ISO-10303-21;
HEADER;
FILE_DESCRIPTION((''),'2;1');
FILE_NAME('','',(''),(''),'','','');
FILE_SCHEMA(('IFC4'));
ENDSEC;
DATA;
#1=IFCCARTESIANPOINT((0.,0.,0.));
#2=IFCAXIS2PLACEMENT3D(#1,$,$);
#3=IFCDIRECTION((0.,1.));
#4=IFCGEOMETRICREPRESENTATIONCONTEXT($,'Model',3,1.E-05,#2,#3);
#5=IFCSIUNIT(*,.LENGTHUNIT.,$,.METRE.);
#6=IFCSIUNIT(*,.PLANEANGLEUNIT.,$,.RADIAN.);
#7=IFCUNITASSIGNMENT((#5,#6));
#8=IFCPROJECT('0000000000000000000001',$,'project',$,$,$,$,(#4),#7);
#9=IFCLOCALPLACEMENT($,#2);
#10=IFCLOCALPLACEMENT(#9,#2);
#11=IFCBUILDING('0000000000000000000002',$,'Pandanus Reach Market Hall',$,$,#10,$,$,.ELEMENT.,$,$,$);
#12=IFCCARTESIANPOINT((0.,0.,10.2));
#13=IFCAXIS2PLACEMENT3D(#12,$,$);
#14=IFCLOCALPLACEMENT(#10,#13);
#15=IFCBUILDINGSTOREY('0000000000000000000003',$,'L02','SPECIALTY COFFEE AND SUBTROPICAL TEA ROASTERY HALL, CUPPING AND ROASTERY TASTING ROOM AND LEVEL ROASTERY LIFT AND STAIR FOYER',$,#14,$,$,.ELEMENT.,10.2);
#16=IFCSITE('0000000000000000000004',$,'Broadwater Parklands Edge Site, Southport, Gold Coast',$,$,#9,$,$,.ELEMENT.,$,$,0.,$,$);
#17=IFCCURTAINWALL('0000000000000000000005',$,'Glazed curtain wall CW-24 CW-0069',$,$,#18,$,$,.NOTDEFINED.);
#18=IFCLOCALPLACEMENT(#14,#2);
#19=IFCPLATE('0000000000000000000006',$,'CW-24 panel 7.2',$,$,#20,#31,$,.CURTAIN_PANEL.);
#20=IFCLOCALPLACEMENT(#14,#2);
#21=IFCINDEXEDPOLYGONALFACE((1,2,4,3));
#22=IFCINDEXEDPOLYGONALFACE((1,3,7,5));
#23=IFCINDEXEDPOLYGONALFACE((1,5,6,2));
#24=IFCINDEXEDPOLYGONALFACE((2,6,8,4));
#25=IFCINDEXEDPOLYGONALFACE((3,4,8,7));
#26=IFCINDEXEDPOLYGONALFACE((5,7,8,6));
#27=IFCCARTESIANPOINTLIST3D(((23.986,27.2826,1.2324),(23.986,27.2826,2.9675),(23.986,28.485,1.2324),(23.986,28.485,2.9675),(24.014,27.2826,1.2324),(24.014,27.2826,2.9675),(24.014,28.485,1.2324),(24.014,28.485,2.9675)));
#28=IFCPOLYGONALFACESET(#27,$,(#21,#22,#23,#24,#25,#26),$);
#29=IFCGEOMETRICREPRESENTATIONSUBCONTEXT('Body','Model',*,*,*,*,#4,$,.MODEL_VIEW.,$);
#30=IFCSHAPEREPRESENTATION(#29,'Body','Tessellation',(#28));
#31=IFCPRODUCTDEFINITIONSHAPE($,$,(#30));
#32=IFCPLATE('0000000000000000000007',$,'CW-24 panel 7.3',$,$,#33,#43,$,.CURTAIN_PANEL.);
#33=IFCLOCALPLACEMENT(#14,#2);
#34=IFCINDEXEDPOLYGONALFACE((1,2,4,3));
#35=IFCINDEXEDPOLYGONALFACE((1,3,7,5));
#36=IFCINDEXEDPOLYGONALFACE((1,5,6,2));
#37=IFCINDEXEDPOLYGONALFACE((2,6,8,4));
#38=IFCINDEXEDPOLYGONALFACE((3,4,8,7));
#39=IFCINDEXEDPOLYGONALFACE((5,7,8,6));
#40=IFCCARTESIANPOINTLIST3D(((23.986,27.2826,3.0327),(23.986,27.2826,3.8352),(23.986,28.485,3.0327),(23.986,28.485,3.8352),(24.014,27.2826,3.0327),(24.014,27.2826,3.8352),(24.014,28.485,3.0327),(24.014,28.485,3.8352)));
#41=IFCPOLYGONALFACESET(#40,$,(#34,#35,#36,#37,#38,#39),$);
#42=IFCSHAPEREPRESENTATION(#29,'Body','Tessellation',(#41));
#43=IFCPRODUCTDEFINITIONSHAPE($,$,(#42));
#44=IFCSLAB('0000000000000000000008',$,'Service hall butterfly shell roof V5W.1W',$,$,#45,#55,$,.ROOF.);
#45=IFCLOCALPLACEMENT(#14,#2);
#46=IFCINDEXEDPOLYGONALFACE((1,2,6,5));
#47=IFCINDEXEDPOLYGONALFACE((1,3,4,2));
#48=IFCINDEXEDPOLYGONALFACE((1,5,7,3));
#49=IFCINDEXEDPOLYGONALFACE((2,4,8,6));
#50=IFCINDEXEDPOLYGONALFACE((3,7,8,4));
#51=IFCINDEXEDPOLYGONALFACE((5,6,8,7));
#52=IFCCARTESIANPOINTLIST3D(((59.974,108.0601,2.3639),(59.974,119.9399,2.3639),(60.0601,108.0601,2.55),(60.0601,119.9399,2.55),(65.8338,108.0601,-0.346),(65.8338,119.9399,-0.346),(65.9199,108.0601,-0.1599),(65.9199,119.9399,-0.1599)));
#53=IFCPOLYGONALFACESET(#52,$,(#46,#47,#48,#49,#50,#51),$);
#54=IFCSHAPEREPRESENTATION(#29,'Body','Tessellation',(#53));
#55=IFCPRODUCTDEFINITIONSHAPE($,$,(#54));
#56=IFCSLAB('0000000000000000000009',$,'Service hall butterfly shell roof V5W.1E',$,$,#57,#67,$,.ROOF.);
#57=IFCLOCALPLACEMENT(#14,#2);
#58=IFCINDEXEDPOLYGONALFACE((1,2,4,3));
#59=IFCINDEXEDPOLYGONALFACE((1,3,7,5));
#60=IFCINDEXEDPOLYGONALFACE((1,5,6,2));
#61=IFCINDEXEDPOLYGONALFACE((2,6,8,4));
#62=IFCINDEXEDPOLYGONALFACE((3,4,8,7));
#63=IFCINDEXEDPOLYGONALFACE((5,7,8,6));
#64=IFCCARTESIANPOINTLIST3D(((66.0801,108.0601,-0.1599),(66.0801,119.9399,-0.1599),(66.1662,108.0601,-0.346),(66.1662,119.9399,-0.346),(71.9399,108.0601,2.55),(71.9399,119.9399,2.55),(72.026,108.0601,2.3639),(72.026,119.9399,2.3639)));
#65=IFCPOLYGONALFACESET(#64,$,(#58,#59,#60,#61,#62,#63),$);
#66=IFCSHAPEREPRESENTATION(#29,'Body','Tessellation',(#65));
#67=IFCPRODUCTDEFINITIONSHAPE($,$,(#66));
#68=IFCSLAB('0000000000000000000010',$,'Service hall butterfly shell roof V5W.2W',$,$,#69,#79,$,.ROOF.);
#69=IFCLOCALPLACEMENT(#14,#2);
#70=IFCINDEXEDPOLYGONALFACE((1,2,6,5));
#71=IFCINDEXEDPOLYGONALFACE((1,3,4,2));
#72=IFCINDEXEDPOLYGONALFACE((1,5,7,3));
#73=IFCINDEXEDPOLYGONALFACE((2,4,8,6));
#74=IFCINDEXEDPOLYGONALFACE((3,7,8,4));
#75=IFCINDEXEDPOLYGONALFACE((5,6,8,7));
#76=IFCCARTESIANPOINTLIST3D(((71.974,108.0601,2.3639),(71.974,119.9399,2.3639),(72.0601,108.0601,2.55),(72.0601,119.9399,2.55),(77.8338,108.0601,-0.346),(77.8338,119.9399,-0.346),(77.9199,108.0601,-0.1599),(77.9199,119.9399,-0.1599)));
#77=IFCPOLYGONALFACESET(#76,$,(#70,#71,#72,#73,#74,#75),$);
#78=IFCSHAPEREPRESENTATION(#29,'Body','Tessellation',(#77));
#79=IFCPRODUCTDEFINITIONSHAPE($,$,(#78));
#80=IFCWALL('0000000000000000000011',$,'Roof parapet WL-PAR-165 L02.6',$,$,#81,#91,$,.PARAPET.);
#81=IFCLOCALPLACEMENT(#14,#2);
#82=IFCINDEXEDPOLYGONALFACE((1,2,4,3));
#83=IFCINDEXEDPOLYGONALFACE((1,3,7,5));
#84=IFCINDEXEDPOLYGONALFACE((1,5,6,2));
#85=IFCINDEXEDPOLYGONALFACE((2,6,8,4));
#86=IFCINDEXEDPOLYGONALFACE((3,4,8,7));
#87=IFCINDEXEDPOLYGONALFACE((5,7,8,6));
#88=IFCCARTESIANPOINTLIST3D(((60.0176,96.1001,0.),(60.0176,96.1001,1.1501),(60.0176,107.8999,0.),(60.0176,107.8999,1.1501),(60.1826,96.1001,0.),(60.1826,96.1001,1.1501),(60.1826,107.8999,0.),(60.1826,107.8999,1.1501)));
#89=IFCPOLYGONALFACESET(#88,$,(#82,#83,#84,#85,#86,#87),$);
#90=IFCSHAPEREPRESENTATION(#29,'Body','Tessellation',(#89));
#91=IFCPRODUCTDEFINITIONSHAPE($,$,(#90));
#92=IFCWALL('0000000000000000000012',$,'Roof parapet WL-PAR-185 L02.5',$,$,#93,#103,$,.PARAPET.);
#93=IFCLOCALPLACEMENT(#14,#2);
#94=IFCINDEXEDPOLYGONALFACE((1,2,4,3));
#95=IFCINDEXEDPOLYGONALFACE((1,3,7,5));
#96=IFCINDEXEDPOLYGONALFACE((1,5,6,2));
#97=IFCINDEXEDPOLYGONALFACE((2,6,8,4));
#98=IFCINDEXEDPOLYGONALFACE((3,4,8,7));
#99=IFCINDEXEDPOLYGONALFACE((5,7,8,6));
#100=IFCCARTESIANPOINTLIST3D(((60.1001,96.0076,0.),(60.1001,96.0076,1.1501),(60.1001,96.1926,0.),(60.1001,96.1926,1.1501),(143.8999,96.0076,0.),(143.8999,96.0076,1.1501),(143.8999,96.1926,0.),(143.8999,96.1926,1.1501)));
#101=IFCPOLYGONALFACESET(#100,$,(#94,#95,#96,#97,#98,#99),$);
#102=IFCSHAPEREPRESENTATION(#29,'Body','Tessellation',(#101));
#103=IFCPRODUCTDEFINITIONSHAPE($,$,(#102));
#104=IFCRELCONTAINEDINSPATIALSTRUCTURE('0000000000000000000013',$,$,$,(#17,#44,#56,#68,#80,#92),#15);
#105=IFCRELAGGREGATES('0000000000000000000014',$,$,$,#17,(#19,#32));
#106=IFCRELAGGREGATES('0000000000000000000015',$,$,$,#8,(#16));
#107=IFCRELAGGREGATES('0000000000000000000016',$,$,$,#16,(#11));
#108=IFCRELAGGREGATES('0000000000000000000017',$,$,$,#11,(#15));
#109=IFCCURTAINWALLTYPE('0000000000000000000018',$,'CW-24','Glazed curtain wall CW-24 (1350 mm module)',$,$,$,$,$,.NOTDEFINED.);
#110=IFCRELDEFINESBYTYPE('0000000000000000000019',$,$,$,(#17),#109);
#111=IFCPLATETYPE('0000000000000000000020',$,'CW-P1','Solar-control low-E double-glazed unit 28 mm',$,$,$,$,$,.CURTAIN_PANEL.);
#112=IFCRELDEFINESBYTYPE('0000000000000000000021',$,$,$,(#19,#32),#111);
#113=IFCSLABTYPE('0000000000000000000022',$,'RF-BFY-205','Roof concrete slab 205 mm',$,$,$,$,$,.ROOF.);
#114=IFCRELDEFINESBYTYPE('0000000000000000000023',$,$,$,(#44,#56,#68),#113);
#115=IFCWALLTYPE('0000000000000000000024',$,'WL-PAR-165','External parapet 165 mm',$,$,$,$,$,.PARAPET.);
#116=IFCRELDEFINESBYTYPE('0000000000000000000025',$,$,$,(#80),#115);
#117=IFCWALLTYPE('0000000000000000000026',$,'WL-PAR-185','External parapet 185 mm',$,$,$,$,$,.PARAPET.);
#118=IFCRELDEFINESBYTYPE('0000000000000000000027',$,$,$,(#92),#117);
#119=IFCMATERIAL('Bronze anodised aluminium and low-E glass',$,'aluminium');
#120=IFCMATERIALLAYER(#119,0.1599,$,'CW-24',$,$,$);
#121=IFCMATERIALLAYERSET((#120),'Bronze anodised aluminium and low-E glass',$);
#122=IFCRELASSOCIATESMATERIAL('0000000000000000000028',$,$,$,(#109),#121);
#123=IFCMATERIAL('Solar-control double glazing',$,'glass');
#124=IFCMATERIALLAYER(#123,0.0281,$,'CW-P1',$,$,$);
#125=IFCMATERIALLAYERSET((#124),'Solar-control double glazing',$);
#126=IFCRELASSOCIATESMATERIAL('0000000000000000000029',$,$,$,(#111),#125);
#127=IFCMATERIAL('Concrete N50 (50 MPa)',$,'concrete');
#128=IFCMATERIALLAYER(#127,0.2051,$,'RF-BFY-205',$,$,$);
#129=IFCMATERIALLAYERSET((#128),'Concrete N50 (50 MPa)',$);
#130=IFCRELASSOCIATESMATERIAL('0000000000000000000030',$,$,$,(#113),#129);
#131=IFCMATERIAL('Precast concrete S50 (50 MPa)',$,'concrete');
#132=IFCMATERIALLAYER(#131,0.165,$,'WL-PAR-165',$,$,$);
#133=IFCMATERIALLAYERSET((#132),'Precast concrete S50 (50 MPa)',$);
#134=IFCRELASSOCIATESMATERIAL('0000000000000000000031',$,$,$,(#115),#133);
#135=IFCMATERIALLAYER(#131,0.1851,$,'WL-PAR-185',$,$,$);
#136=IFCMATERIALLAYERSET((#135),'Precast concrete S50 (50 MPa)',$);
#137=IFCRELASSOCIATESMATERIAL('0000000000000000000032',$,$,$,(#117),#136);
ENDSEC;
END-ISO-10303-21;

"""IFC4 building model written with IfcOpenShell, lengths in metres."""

from ifc_helpers import new_model, si_unit, direction, frame, frame_2d, origin, origin_2d, place, context, subcontext, project, spatial, polyline, rectangle, outline, extrude, material, layer, layer_set, type_object, element, aggregate, save


model = new_model("IFC4")

# Units and contexts
model_context = context("Model", 3, precision=1e-05, world=origin(), true_north=direction((0.0, 1.0)))
body_context = subcontext(model_context, "Body", "Model", "MODEL_VIEW")
ifc_project = project(units=[si_unit("LENGTHUNIT", "METRE"), si_unit("PLANEANGLEUNIT", "RADIAN")], contexts=[model_context])

# Site, building, storey
site_placement = place(None, origin())
site = spatial("IfcSite", under=ifc_project, at=site_placement, Name="Broadwater Parklands Edge Site, Southport, Gold Coast", CompositionType="ELEMENT", RefElevation=0.0)
building_placement = place(site_placement, origin())
building = spatial("IfcBuilding", under=site, at=building_placement, Name="Pandanus Reach Market Hall", CompositionType="ELEMENT")
storey_placement = place(building_placement, frame((0.0, 0.0, 10.2)))
storey = spatial("IfcBuildingStorey", under=building, at=storey_placement, Name="L02", Description="SPECIALTY COFFEE AND SUBTROPICAL TEA ROASTERY HALL, CUPPING AND ROASTERY TASTING ROOM AND LEVEL ROASTERY LIFT AND STAIR FOYER", CompositionType="ELEMENT", Elevation=10.2)

# Curtain wall, plates
ifc_material_1 = material(Name="Bronze anodised aluminium and low-E glass", Category="aluminium")
ifc_layer_1 = layer(ifc_material_1, 0.1599, Name="CW-24")
ifc_layer_set_1 = layer_set([ifc_layer_1], Name="Bronze anodised aluminium and low-E glass")
curtain_wall_type = type_object("IfcCurtainWallType", Name="CW-24", Description="Glazed curtain wall CW-24 (1350 mm module)", PredefinedType="NOTDEFINED", material=ifc_layer_set_1)
curtain_wall_placement = place(storey_placement, origin())
curtain_wall = element("IfcCurtainWall", 1, at=curtain_wall_placement, inside=storey, type_object=curtain_wall_type, Name="Glazed curtain wall CW-24 CW-0069", PredefinedType="NOTDEFINED")
ifc_material_2 = material(Name="Solar-control double glazing", Category="glass")
ifc_layer_2 = layer(ifc_material_2, 0.0281, Name="CW-P1")
ifc_layer_set_2 = layer_set([ifc_layer_2], Name="Solar-control double glazing")
plate_type = type_object("IfcPlateType", Name="CW-P1", Description="Solar-control low-E double-glazed unit 28 mm", PredefinedType="CURTAIN_PANEL", material=ifc_layer_set_2)
plate_1_placement = place(storey_placement, frame((24.0, 27.8838, 1.2324), z_axis=(0.0, 0.0, 1.0), x_axis=(0.0, 1.0, 0.0)))
plate_1 = element("IfcPlate", 2, at=plate_1_placement, type_object=plate_type, Name="CW-24 panel 7.2", PredefinedType="CURTAIN_PANEL", context=body_context, shape_type="SweptSolid", body=[
    extrude(rectangle(XDim=1.2024, YDim=0.0281, at=origin_2d()), origin(), (0.0, 0.0, 1.0), 1.7351),
])
plate_2_placement = place(storey_placement, frame((24.0, 27.8838, 3.0327), z_axis=(0.0, 0.0, 1.0), x_axis=(0.0, 1.0, 0.0)))
plate_2 = element("IfcPlate", 3, at=plate_2_placement, type_object=plate_type, Name="CW-24 panel 7.3", PredefinedType="CURTAIN_PANEL", context=body_context, shape_type="SweptSolid", body=[
    extrude(rectangle(XDim=1.2024, YDim=0.0281, at=origin_2d()), origin(), (0.0, 0.0, 1.0), 0.8025),
])
aggregate(curtain_wall, [plate_1, plate_2])

# Slabs
ifc_material_3 = material(Name="Concrete N50 (50 MPa)", Category="concrete")
ifc_layer_3 = layer(ifc_material_3, 0.2051, Name="RF-BFY-205")
ifc_layer_set_3 = layer_set([ifc_layer_3], Name="Concrete N50 (50 MPa)")
slab_type = type_object("IfcSlabType", Name="RF-BFY-205", Description="Roof concrete slab 205 mm", PredefinedType="ROOF", material=ifc_layer_set_3)
for number, where, z_axis, x_axis, name in (
    (4, (60.0601, 108.0601, 2.55), (0.419749, 0.0, 0.90764), (0.90764, 0.0, -0.419749), "Service hall butterfly shell roof V5W.1W"),
    (5, (66.0801, 108.0601, -0.1599), (-0.419749, 0.0, 0.90764), (0.90764, 0.0, 0.419749), "Service hall butterfly shell roof V5W.1E"),
    (6, (72.0601, 108.0601, 2.55), (0.419749, 0.0, 0.90764), (0.90764, 0.0, -0.419749), "Service hall butterfly shell roof V5W.2W"),
):
    element("IfcSlab", number, at=place(storey_placement, frame(where, z_axis=z_axis, x_axis=x_axis)), inside=storey, type_object=slab_type, Name=name, PredefinedType="ROOF", context=body_context, shape_type="SweptSolid", body=[
        extrude(outline(polyline([(0.0, 0.0), (6.4562, 0.0), (6.4562, 11.8799), (0.0, 11.8799), (0.0, 0.0)])), origin(), (0.0, 0.0, -1.0), 0.2051),
    ])

# Walls
ifc_material_4 = material(Name="Precast concrete S50 (50 MPa)", Category="concrete")
ifc_layer_4 = layer(ifc_material_4, 0.165, Name="WL-PAR-165")
ifc_layer_set_4 = layer_set([ifc_layer_4], Name="Precast concrete S50 (50 MPa)")
wall_type_1 = type_object("IfcWallType", Name="WL-PAR-165", Description="External parapet 165 mm", PredefinedType="PARAPET", material=ifc_layer_set_4)
wall_1_placement = place(storey_placement, frame((60.1001, 96.1001, 0.0), z_axis=(0.0, 0.0, 1.0), x_axis=(0.0, 1.0, 0.0)))
element("IfcWall", 7, at=wall_1_placement, inside=storey, type_object=wall_type_1, Name="Roof parapet WL-PAR-165 L02.6", PredefinedType="PARAPET", context=body_context, shape_type="SweptSolid", body=[
    extrude(rectangle(XDim=11.7998, YDim=0.165, at=frame_2d((5.8999, 0.0))), origin(), (0.0, 0.0, 1.0), 1.1501),
])
ifc_layer_5 = layer(ifc_material_4, 0.1851, Name="WL-PAR-185")
ifc_layer_set_5 = layer_set([ifc_layer_5], Name="Precast concrete S50 (50 MPa)")
wall_type_2 = type_object("IfcWallType", Name="WL-PAR-185", Description="External parapet 185 mm", PredefinedType="PARAPET", material=ifc_layer_set_5)
wall_2_placement = place(storey_placement, frame((60.1001, 96.1001, 0.0), z_axis=(0.0, 0.0, 1.0), x_axis=(1.0, 0.0, 0.0)))
element("IfcWall", 8, at=wall_2_placement, inside=storey, type_object=wall_type_2, Name="Roof parapet WL-PAR-185 L02.5", PredefinedType="PARAPET", context=body_context, shape_type="SweptSolid", body=[
    extrude(rectangle(XDim=83.7998, YDim=0.1851, at=frame_2d((41.8999, 0.0))), origin(), (0.0, 0.0, 1.0), 1.1501),
])

save(model, "model.ifc")
